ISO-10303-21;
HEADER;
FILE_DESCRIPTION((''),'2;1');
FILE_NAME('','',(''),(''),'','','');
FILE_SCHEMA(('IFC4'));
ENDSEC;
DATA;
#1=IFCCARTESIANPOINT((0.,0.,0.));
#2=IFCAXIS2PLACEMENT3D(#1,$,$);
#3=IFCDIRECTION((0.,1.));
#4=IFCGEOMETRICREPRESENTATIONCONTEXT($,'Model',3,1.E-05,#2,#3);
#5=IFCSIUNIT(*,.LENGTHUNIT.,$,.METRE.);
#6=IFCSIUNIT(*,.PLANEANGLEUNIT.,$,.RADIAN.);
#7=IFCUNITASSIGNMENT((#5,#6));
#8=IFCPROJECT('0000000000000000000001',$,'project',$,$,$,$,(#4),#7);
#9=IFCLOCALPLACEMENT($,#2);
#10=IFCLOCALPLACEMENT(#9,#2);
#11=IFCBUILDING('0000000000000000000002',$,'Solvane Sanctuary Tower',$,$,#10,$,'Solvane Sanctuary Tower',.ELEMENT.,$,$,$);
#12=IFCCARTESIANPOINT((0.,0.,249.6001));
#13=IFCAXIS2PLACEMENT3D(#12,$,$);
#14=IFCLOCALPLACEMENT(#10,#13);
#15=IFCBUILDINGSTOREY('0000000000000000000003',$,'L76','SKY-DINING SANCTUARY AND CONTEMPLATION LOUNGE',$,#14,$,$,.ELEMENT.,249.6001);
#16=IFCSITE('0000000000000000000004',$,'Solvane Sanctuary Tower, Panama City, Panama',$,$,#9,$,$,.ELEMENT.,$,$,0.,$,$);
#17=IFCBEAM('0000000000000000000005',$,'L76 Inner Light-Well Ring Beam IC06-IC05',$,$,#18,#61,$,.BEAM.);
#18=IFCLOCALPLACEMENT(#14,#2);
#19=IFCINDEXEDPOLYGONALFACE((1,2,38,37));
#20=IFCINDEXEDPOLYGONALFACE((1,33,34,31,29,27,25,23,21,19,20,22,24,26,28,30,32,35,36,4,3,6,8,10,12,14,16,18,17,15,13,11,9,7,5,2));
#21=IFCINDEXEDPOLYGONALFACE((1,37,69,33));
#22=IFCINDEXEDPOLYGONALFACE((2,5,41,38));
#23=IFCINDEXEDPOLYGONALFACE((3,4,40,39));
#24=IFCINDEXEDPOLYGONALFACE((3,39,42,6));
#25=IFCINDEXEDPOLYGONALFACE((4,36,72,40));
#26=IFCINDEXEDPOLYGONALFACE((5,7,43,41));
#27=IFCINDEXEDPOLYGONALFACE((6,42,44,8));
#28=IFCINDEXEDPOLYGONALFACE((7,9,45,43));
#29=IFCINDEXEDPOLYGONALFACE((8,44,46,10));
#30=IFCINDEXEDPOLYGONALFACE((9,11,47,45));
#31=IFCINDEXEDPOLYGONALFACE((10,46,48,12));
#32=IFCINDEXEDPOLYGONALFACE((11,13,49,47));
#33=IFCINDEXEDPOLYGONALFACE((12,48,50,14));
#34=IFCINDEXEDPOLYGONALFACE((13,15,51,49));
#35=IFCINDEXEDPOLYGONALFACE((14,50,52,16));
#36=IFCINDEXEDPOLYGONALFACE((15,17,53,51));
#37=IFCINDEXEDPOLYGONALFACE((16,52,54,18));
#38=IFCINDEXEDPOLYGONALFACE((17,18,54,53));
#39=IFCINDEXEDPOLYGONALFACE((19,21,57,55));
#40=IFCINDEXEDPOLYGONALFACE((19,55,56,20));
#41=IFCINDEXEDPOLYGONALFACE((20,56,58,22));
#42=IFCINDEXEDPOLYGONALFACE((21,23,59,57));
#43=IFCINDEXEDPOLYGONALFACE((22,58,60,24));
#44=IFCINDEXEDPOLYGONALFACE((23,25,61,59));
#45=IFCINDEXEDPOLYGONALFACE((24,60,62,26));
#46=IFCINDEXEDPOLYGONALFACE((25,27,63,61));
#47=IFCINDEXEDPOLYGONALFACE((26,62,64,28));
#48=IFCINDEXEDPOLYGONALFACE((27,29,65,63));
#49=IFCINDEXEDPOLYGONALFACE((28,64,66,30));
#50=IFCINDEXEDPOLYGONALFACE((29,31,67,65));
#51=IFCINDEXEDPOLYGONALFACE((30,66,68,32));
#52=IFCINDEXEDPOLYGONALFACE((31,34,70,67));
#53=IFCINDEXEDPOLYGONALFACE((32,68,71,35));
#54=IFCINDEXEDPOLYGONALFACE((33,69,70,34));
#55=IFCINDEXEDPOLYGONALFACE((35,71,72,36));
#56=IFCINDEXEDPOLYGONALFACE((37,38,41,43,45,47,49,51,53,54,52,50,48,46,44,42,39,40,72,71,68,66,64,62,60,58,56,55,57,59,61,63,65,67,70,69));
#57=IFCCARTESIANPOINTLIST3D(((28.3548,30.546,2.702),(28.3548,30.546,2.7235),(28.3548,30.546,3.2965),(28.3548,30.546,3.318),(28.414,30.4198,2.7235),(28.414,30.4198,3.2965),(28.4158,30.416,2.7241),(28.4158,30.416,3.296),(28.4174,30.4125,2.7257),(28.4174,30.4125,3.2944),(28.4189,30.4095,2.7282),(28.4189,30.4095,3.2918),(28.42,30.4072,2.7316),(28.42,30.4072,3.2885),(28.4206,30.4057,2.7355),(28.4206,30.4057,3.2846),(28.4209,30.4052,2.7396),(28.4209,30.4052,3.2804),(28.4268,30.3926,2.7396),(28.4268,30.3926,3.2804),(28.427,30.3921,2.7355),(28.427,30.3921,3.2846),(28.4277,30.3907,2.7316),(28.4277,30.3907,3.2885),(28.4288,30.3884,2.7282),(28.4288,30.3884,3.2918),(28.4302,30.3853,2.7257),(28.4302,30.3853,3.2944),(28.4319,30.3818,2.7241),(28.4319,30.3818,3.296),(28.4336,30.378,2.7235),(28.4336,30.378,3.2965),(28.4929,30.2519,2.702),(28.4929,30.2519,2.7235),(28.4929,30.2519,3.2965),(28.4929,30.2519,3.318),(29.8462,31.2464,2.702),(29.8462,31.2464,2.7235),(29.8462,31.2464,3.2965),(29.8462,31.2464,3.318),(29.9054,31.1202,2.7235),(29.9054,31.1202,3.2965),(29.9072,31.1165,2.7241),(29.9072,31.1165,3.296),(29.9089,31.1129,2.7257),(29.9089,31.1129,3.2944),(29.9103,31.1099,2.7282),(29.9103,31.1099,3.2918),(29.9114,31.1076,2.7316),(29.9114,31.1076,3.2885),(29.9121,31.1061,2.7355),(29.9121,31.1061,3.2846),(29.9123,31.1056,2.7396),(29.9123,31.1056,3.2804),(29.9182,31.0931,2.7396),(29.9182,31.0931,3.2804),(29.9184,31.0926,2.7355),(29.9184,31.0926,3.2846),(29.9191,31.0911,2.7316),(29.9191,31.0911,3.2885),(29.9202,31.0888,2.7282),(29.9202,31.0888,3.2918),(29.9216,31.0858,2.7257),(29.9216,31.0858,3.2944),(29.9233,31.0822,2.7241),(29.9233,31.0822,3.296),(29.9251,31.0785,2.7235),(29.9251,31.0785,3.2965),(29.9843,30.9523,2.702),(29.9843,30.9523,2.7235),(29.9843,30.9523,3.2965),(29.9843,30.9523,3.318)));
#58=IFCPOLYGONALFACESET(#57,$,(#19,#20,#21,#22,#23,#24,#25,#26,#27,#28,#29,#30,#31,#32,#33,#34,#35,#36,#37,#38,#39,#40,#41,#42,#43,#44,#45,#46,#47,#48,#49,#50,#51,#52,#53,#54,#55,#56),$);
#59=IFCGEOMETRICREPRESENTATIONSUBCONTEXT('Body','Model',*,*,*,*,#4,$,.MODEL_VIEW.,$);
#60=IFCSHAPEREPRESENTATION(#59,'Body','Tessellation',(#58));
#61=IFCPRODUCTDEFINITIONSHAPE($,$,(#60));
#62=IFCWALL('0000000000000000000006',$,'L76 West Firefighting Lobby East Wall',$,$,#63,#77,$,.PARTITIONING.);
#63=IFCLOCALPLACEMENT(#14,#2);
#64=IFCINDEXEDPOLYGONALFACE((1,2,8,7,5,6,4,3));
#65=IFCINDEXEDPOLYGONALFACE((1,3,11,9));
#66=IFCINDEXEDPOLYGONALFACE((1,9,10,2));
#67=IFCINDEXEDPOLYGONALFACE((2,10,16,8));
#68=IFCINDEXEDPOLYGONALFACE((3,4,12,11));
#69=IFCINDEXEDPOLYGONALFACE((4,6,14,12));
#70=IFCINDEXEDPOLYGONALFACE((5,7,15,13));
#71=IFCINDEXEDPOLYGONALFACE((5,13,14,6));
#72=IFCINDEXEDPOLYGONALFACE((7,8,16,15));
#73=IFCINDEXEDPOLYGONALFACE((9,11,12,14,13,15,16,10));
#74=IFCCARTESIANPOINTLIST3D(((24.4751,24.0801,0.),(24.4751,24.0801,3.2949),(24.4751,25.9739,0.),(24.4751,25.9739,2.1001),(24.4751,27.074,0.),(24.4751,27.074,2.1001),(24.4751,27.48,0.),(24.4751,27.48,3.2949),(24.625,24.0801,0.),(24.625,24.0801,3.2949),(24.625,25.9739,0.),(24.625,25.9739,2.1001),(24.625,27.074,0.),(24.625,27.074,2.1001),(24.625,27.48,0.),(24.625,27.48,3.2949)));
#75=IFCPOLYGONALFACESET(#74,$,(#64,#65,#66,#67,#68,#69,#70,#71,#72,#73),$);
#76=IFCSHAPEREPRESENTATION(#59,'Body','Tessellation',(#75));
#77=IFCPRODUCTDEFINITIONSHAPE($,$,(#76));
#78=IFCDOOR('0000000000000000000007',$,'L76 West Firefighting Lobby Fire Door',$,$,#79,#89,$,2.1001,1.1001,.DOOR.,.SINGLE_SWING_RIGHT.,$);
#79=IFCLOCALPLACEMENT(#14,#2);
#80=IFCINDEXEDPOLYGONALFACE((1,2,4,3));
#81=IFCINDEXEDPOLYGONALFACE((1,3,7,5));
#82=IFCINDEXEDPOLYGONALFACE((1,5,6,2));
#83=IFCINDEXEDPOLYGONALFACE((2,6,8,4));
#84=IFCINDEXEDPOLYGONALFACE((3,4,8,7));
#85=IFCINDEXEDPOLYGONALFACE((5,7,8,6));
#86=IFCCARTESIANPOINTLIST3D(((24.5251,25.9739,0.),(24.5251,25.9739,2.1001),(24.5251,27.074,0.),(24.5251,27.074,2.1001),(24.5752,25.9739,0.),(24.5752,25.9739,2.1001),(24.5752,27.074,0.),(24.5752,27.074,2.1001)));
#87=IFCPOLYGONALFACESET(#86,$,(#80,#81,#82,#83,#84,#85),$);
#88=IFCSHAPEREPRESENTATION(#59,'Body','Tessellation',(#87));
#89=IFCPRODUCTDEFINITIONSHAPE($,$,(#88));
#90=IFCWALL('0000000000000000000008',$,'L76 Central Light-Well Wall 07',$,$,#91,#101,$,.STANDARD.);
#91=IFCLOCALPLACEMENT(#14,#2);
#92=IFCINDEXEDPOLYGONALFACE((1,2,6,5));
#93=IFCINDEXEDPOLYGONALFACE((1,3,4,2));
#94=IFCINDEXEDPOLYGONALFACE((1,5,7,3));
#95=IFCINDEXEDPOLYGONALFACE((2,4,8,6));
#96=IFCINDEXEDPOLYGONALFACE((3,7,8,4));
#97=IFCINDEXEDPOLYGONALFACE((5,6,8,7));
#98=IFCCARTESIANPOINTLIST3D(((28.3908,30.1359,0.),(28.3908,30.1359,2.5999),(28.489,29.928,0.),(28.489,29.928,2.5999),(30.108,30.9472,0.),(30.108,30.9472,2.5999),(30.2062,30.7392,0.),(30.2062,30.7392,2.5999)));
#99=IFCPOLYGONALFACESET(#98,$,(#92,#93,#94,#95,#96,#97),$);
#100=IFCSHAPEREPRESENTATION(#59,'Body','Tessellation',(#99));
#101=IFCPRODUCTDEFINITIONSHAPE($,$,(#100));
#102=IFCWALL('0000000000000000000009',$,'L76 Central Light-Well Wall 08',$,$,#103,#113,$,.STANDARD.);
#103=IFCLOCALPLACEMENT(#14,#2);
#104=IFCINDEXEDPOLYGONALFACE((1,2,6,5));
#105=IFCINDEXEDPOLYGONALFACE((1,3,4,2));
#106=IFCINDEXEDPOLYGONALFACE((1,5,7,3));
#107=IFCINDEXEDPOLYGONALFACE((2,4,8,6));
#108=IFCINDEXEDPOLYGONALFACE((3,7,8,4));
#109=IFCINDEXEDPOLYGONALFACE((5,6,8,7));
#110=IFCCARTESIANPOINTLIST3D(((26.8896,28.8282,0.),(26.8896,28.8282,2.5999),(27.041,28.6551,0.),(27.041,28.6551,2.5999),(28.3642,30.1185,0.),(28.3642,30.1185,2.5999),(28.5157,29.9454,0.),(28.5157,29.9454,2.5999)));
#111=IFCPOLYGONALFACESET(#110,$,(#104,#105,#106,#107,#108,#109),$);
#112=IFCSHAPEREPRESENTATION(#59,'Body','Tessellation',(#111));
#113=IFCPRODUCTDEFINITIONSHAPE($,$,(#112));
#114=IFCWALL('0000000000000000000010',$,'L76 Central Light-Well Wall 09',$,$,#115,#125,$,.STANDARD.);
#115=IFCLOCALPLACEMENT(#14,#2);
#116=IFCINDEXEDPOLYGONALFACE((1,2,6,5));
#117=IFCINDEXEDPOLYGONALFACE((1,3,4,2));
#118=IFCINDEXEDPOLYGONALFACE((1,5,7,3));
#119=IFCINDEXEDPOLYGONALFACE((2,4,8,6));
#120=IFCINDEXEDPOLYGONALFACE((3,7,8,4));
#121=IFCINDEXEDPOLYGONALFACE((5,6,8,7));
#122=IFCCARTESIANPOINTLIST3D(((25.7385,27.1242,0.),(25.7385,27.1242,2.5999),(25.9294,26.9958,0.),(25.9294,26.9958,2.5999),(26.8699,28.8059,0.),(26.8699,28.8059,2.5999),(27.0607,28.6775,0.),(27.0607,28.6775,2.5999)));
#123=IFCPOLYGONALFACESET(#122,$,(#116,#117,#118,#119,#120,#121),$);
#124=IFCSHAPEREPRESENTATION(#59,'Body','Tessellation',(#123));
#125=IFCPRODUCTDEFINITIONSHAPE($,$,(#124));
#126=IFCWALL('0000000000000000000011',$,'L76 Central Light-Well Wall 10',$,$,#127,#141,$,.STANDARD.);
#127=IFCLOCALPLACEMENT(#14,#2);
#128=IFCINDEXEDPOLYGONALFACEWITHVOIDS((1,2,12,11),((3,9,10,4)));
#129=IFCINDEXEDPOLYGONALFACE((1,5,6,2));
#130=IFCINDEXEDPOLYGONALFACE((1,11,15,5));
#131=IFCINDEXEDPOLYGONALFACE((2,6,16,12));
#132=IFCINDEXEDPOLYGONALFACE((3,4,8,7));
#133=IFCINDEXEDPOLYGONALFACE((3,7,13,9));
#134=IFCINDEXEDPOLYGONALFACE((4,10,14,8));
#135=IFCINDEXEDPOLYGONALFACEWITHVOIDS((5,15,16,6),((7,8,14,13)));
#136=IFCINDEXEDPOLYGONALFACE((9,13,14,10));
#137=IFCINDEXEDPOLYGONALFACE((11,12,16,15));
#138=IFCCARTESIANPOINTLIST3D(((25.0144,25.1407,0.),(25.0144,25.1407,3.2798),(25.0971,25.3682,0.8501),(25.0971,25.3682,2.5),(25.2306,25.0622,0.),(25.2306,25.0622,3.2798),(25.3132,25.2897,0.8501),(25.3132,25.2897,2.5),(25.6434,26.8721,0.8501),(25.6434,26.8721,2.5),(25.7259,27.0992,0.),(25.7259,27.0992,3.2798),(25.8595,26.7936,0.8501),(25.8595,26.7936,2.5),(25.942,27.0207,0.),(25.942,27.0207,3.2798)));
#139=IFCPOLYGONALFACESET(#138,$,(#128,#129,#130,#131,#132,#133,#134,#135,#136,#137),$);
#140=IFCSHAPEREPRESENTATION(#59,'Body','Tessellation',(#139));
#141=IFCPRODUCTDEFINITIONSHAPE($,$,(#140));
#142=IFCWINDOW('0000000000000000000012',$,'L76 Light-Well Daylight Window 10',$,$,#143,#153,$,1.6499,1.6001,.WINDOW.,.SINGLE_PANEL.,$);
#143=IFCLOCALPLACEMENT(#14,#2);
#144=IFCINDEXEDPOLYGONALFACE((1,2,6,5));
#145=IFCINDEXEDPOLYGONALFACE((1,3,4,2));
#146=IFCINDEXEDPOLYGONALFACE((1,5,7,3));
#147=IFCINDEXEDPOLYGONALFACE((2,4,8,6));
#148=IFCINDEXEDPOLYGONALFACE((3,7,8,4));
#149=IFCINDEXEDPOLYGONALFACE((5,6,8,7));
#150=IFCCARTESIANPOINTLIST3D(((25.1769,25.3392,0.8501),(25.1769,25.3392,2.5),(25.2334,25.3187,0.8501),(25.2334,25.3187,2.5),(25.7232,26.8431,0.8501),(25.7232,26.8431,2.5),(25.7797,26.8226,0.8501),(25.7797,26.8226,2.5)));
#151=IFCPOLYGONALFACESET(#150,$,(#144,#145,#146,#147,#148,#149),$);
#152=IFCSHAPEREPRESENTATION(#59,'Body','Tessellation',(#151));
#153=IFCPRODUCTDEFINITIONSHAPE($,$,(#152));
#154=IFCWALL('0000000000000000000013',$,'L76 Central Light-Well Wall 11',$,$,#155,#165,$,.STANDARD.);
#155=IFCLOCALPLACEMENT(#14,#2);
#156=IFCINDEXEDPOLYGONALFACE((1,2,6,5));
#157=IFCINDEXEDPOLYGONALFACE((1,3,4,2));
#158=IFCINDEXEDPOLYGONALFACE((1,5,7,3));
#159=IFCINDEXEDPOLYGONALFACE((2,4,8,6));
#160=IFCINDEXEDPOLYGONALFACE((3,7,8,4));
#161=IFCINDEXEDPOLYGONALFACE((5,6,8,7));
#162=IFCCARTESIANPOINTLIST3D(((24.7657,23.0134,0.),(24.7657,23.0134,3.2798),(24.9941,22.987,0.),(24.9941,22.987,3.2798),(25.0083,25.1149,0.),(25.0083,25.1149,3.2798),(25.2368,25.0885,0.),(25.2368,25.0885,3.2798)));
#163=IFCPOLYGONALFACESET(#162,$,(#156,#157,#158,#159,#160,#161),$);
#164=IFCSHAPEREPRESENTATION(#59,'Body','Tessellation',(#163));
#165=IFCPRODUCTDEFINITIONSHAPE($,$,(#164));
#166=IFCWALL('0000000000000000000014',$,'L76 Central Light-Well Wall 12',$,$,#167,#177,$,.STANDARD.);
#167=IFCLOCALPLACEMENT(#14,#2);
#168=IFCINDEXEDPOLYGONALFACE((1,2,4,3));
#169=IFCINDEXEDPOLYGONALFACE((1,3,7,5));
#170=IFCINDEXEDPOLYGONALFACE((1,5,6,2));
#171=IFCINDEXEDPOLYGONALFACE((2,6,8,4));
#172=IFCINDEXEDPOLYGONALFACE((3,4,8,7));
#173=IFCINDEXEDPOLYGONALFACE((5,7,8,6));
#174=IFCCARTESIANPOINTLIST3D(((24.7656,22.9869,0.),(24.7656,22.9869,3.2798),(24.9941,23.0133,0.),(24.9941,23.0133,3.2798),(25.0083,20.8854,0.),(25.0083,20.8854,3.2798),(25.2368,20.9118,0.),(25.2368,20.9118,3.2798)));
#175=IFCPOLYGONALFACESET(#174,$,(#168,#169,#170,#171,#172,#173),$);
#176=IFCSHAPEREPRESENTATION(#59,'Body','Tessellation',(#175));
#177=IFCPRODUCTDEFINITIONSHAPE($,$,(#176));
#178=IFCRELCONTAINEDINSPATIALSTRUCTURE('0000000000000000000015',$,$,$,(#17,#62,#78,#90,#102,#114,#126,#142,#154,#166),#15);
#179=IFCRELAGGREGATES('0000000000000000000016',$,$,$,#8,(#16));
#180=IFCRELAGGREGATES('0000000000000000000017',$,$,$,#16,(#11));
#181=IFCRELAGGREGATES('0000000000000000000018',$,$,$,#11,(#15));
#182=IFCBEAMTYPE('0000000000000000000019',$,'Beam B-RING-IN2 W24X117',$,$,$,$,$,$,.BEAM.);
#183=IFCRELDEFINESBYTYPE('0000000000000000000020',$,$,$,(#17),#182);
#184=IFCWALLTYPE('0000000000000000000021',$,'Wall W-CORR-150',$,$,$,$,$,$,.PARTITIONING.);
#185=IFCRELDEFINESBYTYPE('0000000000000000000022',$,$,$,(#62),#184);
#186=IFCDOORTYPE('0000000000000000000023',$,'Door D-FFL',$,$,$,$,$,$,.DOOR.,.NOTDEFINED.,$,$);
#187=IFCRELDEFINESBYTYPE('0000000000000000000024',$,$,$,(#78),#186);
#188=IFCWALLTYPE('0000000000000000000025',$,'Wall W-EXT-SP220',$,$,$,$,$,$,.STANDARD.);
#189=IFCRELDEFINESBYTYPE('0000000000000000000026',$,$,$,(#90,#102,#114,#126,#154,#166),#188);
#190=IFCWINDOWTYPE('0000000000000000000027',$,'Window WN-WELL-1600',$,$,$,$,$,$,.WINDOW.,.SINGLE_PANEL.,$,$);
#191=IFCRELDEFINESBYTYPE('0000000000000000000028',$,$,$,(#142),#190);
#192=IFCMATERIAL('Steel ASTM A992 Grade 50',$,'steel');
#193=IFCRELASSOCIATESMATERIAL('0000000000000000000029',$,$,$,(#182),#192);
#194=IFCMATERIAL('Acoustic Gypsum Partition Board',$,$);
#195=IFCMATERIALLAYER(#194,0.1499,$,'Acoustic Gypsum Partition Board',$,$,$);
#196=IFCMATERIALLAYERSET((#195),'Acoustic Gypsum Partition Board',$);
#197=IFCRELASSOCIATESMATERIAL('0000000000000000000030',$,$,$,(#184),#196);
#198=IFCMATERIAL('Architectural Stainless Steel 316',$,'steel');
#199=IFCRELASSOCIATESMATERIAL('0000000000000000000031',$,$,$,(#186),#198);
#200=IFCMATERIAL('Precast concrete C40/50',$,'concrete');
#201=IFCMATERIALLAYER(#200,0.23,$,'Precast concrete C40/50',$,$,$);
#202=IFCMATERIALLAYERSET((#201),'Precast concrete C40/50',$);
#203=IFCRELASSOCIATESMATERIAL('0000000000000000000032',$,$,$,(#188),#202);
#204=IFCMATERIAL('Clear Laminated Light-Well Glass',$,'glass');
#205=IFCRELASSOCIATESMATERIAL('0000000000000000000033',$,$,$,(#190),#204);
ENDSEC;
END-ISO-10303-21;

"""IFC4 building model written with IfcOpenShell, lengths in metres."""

from ifc_helpers import new_model, si_unit, direction, frame, frame_2d, origin, origin_2d, place, context, subcontext, project, spatial, rectangle, i_section, extrude, material, layer, layer_set, material_profile, profile_set, type_object, element, fill, save


model = new_model("IFC4")

# Units and contexts
model_context = context("Model", 3, precision=1e-05, world=origin(), true_north=direction((0.0, 1.0)))
body_context = subcontext(model_context, "Body", "Model", "MODEL_VIEW")
ifc_project = project(units=[si_unit("LENGTHUNIT", "METRE"), si_unit("PLANEANGLEUNIT", "RADIAN")], contexts=[model_context])

# Site, building, storey
site_placement = place(None, origin())
site = spatial("IfcSite", under=ifc_project, at=site_placement, Name="Solvane Sanctuary Tower, Panama City, Panama", CompositionType="ELEMENT", RefElevation=0.0)
building_placement = place(site_placement, origin())
building = spatial("IfcBuilding", under=site, at=building_placement, Name="Solvane Sanctuary Tower", LongName="Solvane Sanctuary Tower", CompositionType="ELEMENT")
storey_placement = place(building_placement, frame((0.0, 0.0, 249.6001)))
storey = spatial("IfcBuildingStorey", under=building, at=storey_placement, Name="L76", Description="SKY-DINING SANCTUARY AND CONTEMPLATION LOUNGE", CompositionType="ELEMENT", Elevation=249.6001)

# Beam
ifc_material_1 = material(Name="Steel ASTM A992 Grade 50", Category="steel")
ifc_material_profile_1 = material_profile(ifc_material_1, i_section(OverallWidth=0.325, OverallDepth=0.616, WebThickness=0.0139, FlangeThickness=0.0215, FilletRadius=0.0161, at=origin_2d()), Name="W24X117")
ifc_profile_set_1 = profile_set([ifc_material_profile_1], Name="Steel ASTM A992 Grade 50")
beam_type_1 = type_object("IfcBeamType", Name="Beam B-RING-IN2 W24X117", PredefinedType="BEAM", material=ifc_profile_set_1)
beam_1_placement = place(storey_placement, frame((28.4238, 30.3989, 3.01), z_axis=(0.905151, 0.42509, 0.0), x_axis=(-0.42509, 0.905151, 0.0)))
element("IfcBeam", 1, at=beam_1_placement, inside=storey, type_object=beam_type_1, Name="L76 Inner Light-Well Ring Beam IC06-IC05", PredefinedType="BEAM", context=body_context, shape_type="SweptSolid", body=[
    extrude(i_section(OverallWidth=0.325, OverallDepth=0.616, WebThickness=0.0139, FlangeThickness=0.0215, FilletRadius=0.0161, at=origin_2d()), origin(), (0.0, 0.0, 1.0), 1.6477),
])

# Wall, opening, door
ifc_material_2 = material(Name="Acoustic Gypsum Partition Board")
ifc_layer_1 = layer(ifc_material_2, 0.1499, Name="Acoustic Gypsum Partition Board")
ifc_layer_set_1 = layer_set([ifc_layer_1], Name="Acoustic Gypsum Partition Board")
wall_type_1 = type_object("IfcWallType", Name="Wall W-CORR-150", PredefinedType="PARTITIONING", material=ifc_layer_set_1)
wall_1_placement = place(storey_placement, frame((24.55, 24.0801, 0.0), z_axis=(0.0, 0.0, 1.0), x_axis=(0.0, 1.0, 0.0)))
wall_1 = element("IfcWall", 2, at=wall_1_placement, inside=storey, type_object=wall_type_1, Name="L76 West Firefighting Lobby East Wall", PredefinedType="PARTITIONING", context=body_context, shape_type="SweptSolid", body=[
    extrude(rectangle(XDim=3.3999, YDim=0.1499, at=frame_2d((1.7, 0.0))), origin(), (0.0, 0.0, 1.0), 3.2949),
])
opening_1_placement = place(wall_1_placement, frame((1.8938, 0.0, 0.0)))
opening_1 = element("IfcOpeningElement", 3, at=opening_1_placement, cuts=wall_1, PredefinedType="OPENING", context=body_context, shape_type="SweptSolid", body=[
    extrude(rectangle(XDim=1.1001, YDim=2.1001, at=frame_2d((0.55, 1.05))), frame((0.0, 0.085, 0.0), z_axis=(0.0, -1.0, 0.0), x_axis=(1.0, 0.0, 0.0)), (0.0, 0.0, 1.0), 0.1699),
])
ifc_material_3 = material(Name="Architectural Stainless Steel 316", Category="steel")
door_type_1 = type_object("IfcDoorType", Name="Door D-FFL", OperationType="NOTDEFINED", PredefinedType="DOOR", material=ifc_material_3)
door_1_placement = place(opening_1_placement, origin())
door_1 = element("IfcDoor", 4, at=door_1_placement, inside=storey, type_object=door_type_1, Name="L76 West Firefighting Lobby Fire Door", OperationType="SINGLE_SWING_RIGHT", OverallHeight=2.1001, OverallWidth=1.1001, PredefinedType="DOOR", context=body_context, shape_type="SweptSolid", body=[
    extrude(rectangle(XDim=1.1001, YDim=2.1001, at=frame_2d((0.55, 1.05))), frame((0.0, 0.0249, 0.0), z_axis=(0.0, -1.0, 0.0), x_axis=(1.0, 0.0, 0.0)), (0.0, 0.0, 1.0), 0.05),
])
fill(opening_1, door_1)

# Walls
ifc_material_4 = material(Name="Precast concrete C40/50", Category="concrete")
ifc_layer_2 = layer(ifc_material_4, 0.23, Name="Precast concrete C40/50")
ifc_layer_set_2 = layer_set([ifc_layer_2], Name="Precast concrete C40/50")
wall_type_2 = type_object("IfcWallType", Name="Wall W-EXT-SP220", PredefinedType="STANDARD", material=ifc_layer_set_2)
wall_2_placement = place(storey_placement, frame((30.1572, 30.8433, 0.0), z_axis=(0.0, 0.0, 1.0), x_axis=(-0.90418, -0.427152, 0.0)))
element("IfcWall", 5, at=wall_2_placement, inside=storey, type_object=wall_type_2, Name="L76 Central Light-Well Wall 07", PredefinedType="STANDARD", context=body_context, shape_type="SweptSolid", body=[
    extrude(rectangle(XDim=1.8992, YDim=0.23, at=frame_2d((0.9497, 0.0))), origin(), (0.0, 0.0, 1.0), 2.5999),
])
wall_3_placement = place(storey_placement, frame((28.4399, 30.032, 0.0), z_axis=(0.0, 0.0, 1.0), x_axis=(-0.752577, -0.658505, 0.0)))
element("IfcWall", 6, at=wall_3_placement, inside=storey, type_object=wall_type_2, Name="L76 Central Light-Well Wall 08", PredefinedType="STANDARD", context=body_context, shape_type="SweptSolid", body=[
    extrude(rectangle(XDim=1.9595, YDim=0.23, at=frame_2d((0.9797, 0.0))), origin(), (0.0, 0.0, 1.0), 2.5999),
])
wall_4_placement = place(storey_placement, frame((26.9653, 28.7417, 0.0), z_axis=(0.0, 0.0, 1.0), x_axis=(-0.558198, -0.829708, 0.0)))
element("IfcWall", 7, at=wall_4_placement, inside=storey, type_object=wall_type_2, Name="L76 Central Light-Well Wall 09", PredefinedType="STANDARD", context=body_context, shape_type="SweptSolid", body=[
    extrude(rectangle(XDim=2.0269, YDim=0.23, at=frame_2d((1.0134, 0.0))), origin(), (0.0, 0.0, 1.0), 2.5999),
])

# Wall, opening, window
wall_5_placement = place(storey_placement, frame((25.834, 27.0601, 0.0), z_axis=(0.0, 0.0, 1.0), x_axis=(-0.341423, -0.93991, 0.0)))
wall_5 = element("IfcWall", 8, at=wall_5_placement, inside=storey, type_object=wall_type_2, Name="L76 Central Light-Well Wall 10", PredefinedType="STANDARD", context=body_context, shape_type="SweptSolid", body=[
    extrude(rectangle(XDim=2.0837, YDim=0.23, at=frame_2d((1.042, 0.0))), origin(), (0.0, 0.0, 1.0), 3.2798),
])
opening_2_placement = place(wall_5_placement, frame((0.2417, 0.0, 0.8501)))
opening_2 = element("IfcOpeningElement", 9, at=opening_2_placement, cuts=wall_5, PredefinedType="OPENING", context=body_context, shape_type="SweptSolid", body=[
    extrude(rectangle(XDim=1.6001, YDim=1.6499, at=frame_2d((0.8, 0.825))), frame((0.0, 0.125, 0.0), z_axis=(0.0, -1.0, 0.0), x_axis=(1.0, 0.0, 0.0)), (0.0, 0.0, 1.0), 0.25),
])
ifc_material_5 = material(Name="Clear Laminated Light-Well Glass", Category="glass")
window_type = type_object("IfcWindowType", Name="Window WN-WELL-1600", PartitioningType="SINGLE_PANEL", PredefinedType="WINDOW", material=ifc_material_5)
window_1_placement = place(opening_2_placement, origin())
window_1 = element("IfcWindow", 10, at=window_1_placement, inside=storey, type_object=window_type, Name="L76 Light-Well Daylight Window 10", OverallHeight=1.6499, OverallWidth=1.6001, PartitioningType="SINGLE_PANEL", PredefinedType="WINDOW", context=body_context, shape_type="SweptSolid", body=[
    extrude(rectangle(XDim=1.6001, YDim=1.6499, at=frame_2d((0.8, 0.825))), frame((0.0, 0.03, 0.0), z_axis=(0.0, -1.0, 0.0), x_axis=(1.0, 0.0, 0.0)), (0.0, 0.0, 1.0), 0.0601),
])
fill(opening_2, window_1)

# Walls
for number, where, z_axis, x_axis, name in (
    (11, (25.1226, 25.1016, 0.0), (0.0, 0.0, 1.0), (-0.114712, -0.993399, 0.0), "L76 Central Light-Well Wall 11"),
    (12, (24.8799, 23.0, 0.0), (0.0, 0.0, 1.0), (0.114712, -0.993399, 0.0), "L76 Central Light-Well Wall 12"),
):
    element("IfcWall", number, at=place(storey_placement, frame(where, z_axis=z_axis, x_axis=x_axis)), inside=storey, type_object=wall_type_2, Name=name, PredefinedType="STANDARD", context=body_context, shape_type="SweptSolid", body=[
        extrude(rectangle(XDim=2.1155, YDim=0.23, at=frame_2d((1.0576, 0.0))), origin(), (0.0, 0.0, 1.0), 3.2798),
    ])

save(model, "model.ifc")
